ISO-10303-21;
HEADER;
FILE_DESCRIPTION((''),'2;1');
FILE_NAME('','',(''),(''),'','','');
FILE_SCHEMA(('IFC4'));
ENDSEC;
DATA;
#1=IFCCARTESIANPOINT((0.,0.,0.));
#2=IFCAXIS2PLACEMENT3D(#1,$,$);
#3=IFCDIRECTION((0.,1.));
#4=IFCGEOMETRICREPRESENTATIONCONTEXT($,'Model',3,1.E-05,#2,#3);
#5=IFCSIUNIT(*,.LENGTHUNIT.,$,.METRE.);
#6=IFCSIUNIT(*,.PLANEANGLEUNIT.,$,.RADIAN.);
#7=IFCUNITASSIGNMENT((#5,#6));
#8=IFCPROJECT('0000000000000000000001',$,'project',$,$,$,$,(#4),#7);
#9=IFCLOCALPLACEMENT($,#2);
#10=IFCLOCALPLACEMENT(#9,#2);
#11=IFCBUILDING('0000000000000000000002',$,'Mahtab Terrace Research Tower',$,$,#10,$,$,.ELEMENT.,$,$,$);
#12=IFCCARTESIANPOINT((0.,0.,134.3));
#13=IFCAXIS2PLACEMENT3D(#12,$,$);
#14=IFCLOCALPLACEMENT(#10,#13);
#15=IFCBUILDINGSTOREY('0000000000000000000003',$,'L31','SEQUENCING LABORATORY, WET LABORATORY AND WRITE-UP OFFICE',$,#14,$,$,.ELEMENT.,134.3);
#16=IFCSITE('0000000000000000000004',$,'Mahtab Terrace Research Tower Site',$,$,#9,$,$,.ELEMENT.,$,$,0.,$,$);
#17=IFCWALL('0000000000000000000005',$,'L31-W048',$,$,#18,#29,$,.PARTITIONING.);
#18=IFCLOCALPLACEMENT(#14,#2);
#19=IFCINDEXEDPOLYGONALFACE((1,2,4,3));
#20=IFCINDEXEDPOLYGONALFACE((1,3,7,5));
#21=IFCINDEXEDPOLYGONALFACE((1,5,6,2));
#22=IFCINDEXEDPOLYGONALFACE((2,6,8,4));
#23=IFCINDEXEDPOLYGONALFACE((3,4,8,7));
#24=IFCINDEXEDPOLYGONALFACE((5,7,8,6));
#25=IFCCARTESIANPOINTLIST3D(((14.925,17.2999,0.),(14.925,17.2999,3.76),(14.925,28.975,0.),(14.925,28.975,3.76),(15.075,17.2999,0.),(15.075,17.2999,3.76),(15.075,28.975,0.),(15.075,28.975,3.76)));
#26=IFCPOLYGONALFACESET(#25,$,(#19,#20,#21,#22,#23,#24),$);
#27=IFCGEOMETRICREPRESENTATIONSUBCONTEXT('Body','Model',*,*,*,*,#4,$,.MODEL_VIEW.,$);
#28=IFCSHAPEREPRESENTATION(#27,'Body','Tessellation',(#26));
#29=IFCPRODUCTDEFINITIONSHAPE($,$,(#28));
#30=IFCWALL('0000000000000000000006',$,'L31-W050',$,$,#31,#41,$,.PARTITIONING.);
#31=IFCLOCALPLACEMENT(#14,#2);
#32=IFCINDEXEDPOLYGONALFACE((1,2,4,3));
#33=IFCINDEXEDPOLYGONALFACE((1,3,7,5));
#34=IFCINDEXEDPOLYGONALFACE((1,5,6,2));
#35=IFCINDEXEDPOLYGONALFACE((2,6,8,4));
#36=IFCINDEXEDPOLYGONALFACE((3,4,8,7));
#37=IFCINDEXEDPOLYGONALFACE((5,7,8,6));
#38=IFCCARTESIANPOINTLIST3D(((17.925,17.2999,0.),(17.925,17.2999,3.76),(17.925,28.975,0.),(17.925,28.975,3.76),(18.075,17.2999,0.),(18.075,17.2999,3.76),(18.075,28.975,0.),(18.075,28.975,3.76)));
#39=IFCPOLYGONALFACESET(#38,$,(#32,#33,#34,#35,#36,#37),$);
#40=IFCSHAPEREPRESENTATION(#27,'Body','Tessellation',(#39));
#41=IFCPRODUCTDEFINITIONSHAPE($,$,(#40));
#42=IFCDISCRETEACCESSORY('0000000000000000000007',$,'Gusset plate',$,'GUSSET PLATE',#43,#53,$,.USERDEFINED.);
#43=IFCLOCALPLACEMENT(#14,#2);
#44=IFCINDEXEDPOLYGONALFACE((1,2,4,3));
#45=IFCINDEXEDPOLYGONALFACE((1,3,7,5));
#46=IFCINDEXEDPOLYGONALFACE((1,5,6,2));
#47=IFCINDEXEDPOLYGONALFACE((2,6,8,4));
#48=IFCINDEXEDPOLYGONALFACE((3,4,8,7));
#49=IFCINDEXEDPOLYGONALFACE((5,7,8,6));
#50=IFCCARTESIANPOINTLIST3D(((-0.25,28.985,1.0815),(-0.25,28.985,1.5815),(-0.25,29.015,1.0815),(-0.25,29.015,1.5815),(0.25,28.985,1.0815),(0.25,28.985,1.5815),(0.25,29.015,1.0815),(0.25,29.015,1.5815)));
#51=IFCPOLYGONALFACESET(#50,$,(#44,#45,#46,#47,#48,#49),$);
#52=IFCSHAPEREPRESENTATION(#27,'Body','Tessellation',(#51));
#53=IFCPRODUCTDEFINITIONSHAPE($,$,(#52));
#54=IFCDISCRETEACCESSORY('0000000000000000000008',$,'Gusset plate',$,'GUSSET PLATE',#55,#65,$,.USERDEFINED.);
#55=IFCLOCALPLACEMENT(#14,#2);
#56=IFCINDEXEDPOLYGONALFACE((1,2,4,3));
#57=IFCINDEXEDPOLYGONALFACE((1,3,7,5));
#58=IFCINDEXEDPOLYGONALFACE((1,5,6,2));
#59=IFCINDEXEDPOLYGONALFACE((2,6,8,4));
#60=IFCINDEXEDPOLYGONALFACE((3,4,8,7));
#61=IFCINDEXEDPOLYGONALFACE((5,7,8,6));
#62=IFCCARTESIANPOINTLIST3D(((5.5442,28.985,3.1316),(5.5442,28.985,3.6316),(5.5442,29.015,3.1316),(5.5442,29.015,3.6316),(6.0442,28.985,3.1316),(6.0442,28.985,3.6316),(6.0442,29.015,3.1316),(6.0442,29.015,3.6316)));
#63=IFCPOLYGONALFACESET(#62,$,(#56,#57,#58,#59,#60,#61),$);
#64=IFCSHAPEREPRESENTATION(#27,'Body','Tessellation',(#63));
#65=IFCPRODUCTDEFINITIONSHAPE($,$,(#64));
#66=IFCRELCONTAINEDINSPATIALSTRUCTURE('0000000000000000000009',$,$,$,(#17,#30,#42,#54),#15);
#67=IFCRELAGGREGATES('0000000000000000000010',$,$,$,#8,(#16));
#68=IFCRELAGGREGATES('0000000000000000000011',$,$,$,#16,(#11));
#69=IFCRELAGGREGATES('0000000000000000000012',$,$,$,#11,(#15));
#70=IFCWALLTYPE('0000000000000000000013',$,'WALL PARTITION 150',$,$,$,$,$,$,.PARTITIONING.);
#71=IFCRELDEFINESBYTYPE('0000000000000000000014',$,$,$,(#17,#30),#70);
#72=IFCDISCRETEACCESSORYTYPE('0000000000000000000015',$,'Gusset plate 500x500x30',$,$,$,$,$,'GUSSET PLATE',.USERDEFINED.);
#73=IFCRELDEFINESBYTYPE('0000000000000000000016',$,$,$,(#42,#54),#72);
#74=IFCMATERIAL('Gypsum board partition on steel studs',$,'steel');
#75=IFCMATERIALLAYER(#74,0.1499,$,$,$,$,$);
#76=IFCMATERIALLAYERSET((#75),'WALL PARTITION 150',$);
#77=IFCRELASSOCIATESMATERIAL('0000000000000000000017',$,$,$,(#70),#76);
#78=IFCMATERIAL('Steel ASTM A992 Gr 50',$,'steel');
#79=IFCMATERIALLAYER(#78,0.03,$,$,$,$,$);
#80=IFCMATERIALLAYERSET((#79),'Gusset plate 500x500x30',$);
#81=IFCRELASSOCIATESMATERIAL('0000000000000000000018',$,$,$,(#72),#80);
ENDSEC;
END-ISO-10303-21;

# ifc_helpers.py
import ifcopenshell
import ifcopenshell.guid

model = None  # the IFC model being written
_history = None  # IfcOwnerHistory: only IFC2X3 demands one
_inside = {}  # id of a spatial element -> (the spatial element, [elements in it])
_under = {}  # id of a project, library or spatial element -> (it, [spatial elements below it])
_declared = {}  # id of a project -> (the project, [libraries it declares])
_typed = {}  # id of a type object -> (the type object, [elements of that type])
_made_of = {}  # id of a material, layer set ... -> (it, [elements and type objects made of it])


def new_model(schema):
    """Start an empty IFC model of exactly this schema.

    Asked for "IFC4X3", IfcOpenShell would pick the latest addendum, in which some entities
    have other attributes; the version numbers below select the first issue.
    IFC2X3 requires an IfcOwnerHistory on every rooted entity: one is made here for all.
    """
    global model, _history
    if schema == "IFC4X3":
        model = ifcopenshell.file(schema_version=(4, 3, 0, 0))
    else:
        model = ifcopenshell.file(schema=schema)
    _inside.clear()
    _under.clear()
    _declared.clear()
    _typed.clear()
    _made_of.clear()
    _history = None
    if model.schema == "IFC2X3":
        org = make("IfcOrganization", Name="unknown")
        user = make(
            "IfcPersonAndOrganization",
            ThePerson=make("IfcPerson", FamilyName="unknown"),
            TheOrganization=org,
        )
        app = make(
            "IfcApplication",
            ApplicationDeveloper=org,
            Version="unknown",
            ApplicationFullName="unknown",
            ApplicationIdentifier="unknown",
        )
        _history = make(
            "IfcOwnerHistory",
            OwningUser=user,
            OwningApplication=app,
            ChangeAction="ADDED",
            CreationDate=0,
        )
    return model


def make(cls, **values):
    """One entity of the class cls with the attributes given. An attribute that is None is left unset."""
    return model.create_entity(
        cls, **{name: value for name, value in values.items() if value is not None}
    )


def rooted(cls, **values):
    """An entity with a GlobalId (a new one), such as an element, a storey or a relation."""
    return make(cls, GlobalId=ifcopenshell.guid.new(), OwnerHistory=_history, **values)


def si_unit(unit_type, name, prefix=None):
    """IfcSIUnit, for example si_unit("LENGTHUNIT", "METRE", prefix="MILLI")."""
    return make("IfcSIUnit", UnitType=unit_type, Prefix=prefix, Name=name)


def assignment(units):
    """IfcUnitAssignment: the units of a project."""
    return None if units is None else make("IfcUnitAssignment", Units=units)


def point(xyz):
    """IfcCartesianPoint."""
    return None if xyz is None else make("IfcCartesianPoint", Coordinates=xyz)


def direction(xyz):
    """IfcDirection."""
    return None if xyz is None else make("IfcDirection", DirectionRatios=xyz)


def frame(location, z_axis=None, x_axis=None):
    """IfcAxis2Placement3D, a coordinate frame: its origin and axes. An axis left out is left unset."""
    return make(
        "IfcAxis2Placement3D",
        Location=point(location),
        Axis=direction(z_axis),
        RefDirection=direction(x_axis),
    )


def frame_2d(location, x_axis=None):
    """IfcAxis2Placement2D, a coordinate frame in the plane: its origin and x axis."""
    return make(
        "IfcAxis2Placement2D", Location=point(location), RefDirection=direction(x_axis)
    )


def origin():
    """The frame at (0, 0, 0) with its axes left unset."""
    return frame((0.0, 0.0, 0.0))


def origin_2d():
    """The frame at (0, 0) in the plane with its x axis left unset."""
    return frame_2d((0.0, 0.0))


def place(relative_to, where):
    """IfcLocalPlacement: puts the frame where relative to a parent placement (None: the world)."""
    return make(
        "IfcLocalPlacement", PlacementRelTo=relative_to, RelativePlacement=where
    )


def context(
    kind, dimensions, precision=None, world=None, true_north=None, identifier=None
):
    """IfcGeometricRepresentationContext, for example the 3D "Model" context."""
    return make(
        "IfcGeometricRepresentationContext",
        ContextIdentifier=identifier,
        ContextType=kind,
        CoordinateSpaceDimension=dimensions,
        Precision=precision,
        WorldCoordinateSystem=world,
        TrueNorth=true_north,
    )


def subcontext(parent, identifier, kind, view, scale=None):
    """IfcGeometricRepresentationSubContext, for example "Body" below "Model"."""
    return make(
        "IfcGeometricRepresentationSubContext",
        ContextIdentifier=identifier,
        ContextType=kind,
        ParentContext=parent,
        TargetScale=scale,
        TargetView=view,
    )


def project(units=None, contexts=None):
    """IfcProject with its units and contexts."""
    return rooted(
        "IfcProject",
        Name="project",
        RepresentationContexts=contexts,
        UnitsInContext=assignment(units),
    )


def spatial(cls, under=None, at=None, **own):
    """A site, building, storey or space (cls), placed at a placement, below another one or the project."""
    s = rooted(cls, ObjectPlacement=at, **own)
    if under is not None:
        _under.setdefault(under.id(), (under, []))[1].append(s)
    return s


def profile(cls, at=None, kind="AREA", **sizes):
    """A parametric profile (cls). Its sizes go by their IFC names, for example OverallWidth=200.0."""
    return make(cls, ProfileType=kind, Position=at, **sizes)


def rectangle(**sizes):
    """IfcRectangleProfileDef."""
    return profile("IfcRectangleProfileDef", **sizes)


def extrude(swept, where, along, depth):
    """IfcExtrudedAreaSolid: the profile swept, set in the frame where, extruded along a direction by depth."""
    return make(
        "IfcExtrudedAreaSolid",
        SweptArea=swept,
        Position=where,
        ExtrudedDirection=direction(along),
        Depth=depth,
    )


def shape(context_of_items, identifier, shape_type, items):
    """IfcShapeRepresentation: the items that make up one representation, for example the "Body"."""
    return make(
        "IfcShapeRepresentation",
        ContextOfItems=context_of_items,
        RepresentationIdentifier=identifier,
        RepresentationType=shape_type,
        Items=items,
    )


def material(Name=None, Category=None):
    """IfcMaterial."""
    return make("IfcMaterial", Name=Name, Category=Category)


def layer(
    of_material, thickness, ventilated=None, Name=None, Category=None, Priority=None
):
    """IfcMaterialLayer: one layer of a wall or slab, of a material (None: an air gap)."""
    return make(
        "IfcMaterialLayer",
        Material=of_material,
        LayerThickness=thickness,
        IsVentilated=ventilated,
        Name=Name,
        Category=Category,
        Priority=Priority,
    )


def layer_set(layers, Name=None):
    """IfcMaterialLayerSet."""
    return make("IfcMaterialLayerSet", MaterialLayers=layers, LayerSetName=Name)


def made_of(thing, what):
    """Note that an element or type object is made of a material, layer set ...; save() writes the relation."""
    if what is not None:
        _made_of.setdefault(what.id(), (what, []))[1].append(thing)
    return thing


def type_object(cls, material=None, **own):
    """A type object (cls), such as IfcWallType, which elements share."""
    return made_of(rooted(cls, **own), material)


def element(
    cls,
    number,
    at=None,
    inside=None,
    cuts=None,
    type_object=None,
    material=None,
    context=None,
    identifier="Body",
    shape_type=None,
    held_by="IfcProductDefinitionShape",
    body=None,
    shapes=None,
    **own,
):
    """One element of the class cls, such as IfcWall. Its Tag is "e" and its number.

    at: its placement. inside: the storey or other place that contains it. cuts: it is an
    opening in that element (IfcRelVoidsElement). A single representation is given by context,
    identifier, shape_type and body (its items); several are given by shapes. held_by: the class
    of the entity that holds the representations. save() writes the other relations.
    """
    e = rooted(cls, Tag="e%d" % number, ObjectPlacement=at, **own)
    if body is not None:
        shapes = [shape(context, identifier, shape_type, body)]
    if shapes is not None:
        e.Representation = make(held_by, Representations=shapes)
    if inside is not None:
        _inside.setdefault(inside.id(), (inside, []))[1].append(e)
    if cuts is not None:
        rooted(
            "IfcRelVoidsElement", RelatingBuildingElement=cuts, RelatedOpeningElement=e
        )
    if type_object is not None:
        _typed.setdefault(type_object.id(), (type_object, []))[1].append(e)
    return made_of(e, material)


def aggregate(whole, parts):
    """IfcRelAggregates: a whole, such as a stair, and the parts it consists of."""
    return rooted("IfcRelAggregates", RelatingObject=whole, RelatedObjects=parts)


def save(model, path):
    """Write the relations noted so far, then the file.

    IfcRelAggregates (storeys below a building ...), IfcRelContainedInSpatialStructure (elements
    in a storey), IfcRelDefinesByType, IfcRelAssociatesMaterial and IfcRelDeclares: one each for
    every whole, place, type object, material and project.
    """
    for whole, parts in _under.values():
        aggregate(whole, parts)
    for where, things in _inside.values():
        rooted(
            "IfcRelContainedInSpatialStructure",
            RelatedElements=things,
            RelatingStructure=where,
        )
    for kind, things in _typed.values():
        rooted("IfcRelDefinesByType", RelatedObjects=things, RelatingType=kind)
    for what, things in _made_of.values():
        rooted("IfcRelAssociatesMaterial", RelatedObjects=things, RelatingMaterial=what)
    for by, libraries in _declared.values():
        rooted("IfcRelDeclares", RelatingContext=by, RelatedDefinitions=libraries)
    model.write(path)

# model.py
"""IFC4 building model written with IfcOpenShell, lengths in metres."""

from ifc_helpers import new_model, si_unit, direction, frame, frame_2d, origin, origin_2d, place, context, subcontext, project, spatial, rectangle, extrude, material, layer, layer_set, type_object, element, save


model = new_model("IFC4")

# Units and contexts
model_context = context("Model", 3, precision=1e-05, world=origin(), true_north=direction((0.0, 1.0)))
body_context = subcontext(model_context, "Body", "Model", "MODEL_VIEW")
ifc_project = project(units=[si_unit("LENGTHUNIT", "METRE"), si_unit("PLANEANGLEUNIT", "RADIAN")], contexts=[model_context])

# Site, building, storey
site_placement = place(None, origin())
site = spatial("IfcSite", under=ifc_project, at=site_placement, Name="Mahtab Terrace Research Tower Site", CompositionType="ELEMENT", RefElevation=0.0)
building_placement = place(site_placement, origin())
building = spatial("IfcBuilding", under=site, at=building_placement, Name="Mahtab Terrace Research Tower", CompositionType="ELEMENT")
storey_placement = place(building_placement, frame((0.0, 0.0, 134.3)))
storey = spatial("IfcBuildingStorey", under=building, at=storey_placement, Name="L31", Description="SEQUENCING LABORATORY, WET LABORATORY AND WRITE-UP OFFICE", CompositionType="ELEMENT", Elevation=134.3)

# Shared definitions
ifc_material_1 = material(Name="Steel ASTM A992 Gr 50", Category="steel")

# Walls
ifc_material_2 = material(Name="Gypsum board partition on steel studs", Category="steel")
ifc_layer_1 = layer(ifc_material_2, 0.1499)
ifc_layer_set_1 = layer_set([ifc_layer_1], Name="WALL PARTITION 150")
wall_type_1 = type_object("IfcWallType", Name="WALL PARTITION 150", PredefinedType="PARTITIONING", material=ifc_layer_set_1)
for number, where, z_axis, x_axis, name in (
    (1, (15.0, 17.3, 0.0), (0.0, 0.0, 1.0), (0.0, 1.0, 0.0), "L31-W048"),
    (2, (18.0, 17.3, 0.0), (0.0, 0.0, 1.0), (0.0, 1.0, 0.0), "L31-W050"),
):
    element("IfcWall", number, at=place(storey_placement, frame(where, z_axis=z_axis, x_axis=x_axis)), inside=storey, type_object=wall_type_1, Name=name, PredefinedType="PARTITIONING", context=body_context, shape_type="SweptSolid", body=[
        extrude(rectangle(XDim=11.675, YDim=0.1499, at=frame_2d((5.8374, 0.0))), origin(), (0.0, 0.0, 1.0), 3.76),
    ])

# Discrete accessories
ifc_layer_2 = layer(ifc_material_1, 0.03)
ifc_layer_set_2 = layer_set([ifc_layer_2], Name="Gusset plate 500x500x30")
discrete_accessory_type = type_object("IfcDiscreteAccessoryType", Name="Gusset plate 500x500x30", ElementType="GUSSET PLATE", PredefinedType="USERDEFINED", material=ifc_layer_set_2)
for number, where, z_axis, x_axis, name in (
    (3, (0.0, 29.0, 1.0815), (0.0, 0.0, 1.0), (1.0, 0.0, 0.0), "Gusset plate"),
    (4, (5.7942, 29.0, 3.1316), (0.0, 0.0, 1.0), (1.0, 0.0, 0.0), "Gusset plate"),
):
    element("IfcDiscreteAccessory", number, at=place(storey_placement, frame(where, z_axis=z_axis, x_axis=x_axis)), inside=storey, type_object=discrete_accessory_type, Name=name, ObjectType="GUSSET PLATE", PredefinedType="USERDEFINED", context=body_context, shape_type="SweptSolid", body=[
        extrude(rectangle(XDim=0.5, YDim=0.03, at=origin_2d()), origin(), (0.0, 0.0, 1.0), 0.5),
    ])

save(model, "model.ifc")
